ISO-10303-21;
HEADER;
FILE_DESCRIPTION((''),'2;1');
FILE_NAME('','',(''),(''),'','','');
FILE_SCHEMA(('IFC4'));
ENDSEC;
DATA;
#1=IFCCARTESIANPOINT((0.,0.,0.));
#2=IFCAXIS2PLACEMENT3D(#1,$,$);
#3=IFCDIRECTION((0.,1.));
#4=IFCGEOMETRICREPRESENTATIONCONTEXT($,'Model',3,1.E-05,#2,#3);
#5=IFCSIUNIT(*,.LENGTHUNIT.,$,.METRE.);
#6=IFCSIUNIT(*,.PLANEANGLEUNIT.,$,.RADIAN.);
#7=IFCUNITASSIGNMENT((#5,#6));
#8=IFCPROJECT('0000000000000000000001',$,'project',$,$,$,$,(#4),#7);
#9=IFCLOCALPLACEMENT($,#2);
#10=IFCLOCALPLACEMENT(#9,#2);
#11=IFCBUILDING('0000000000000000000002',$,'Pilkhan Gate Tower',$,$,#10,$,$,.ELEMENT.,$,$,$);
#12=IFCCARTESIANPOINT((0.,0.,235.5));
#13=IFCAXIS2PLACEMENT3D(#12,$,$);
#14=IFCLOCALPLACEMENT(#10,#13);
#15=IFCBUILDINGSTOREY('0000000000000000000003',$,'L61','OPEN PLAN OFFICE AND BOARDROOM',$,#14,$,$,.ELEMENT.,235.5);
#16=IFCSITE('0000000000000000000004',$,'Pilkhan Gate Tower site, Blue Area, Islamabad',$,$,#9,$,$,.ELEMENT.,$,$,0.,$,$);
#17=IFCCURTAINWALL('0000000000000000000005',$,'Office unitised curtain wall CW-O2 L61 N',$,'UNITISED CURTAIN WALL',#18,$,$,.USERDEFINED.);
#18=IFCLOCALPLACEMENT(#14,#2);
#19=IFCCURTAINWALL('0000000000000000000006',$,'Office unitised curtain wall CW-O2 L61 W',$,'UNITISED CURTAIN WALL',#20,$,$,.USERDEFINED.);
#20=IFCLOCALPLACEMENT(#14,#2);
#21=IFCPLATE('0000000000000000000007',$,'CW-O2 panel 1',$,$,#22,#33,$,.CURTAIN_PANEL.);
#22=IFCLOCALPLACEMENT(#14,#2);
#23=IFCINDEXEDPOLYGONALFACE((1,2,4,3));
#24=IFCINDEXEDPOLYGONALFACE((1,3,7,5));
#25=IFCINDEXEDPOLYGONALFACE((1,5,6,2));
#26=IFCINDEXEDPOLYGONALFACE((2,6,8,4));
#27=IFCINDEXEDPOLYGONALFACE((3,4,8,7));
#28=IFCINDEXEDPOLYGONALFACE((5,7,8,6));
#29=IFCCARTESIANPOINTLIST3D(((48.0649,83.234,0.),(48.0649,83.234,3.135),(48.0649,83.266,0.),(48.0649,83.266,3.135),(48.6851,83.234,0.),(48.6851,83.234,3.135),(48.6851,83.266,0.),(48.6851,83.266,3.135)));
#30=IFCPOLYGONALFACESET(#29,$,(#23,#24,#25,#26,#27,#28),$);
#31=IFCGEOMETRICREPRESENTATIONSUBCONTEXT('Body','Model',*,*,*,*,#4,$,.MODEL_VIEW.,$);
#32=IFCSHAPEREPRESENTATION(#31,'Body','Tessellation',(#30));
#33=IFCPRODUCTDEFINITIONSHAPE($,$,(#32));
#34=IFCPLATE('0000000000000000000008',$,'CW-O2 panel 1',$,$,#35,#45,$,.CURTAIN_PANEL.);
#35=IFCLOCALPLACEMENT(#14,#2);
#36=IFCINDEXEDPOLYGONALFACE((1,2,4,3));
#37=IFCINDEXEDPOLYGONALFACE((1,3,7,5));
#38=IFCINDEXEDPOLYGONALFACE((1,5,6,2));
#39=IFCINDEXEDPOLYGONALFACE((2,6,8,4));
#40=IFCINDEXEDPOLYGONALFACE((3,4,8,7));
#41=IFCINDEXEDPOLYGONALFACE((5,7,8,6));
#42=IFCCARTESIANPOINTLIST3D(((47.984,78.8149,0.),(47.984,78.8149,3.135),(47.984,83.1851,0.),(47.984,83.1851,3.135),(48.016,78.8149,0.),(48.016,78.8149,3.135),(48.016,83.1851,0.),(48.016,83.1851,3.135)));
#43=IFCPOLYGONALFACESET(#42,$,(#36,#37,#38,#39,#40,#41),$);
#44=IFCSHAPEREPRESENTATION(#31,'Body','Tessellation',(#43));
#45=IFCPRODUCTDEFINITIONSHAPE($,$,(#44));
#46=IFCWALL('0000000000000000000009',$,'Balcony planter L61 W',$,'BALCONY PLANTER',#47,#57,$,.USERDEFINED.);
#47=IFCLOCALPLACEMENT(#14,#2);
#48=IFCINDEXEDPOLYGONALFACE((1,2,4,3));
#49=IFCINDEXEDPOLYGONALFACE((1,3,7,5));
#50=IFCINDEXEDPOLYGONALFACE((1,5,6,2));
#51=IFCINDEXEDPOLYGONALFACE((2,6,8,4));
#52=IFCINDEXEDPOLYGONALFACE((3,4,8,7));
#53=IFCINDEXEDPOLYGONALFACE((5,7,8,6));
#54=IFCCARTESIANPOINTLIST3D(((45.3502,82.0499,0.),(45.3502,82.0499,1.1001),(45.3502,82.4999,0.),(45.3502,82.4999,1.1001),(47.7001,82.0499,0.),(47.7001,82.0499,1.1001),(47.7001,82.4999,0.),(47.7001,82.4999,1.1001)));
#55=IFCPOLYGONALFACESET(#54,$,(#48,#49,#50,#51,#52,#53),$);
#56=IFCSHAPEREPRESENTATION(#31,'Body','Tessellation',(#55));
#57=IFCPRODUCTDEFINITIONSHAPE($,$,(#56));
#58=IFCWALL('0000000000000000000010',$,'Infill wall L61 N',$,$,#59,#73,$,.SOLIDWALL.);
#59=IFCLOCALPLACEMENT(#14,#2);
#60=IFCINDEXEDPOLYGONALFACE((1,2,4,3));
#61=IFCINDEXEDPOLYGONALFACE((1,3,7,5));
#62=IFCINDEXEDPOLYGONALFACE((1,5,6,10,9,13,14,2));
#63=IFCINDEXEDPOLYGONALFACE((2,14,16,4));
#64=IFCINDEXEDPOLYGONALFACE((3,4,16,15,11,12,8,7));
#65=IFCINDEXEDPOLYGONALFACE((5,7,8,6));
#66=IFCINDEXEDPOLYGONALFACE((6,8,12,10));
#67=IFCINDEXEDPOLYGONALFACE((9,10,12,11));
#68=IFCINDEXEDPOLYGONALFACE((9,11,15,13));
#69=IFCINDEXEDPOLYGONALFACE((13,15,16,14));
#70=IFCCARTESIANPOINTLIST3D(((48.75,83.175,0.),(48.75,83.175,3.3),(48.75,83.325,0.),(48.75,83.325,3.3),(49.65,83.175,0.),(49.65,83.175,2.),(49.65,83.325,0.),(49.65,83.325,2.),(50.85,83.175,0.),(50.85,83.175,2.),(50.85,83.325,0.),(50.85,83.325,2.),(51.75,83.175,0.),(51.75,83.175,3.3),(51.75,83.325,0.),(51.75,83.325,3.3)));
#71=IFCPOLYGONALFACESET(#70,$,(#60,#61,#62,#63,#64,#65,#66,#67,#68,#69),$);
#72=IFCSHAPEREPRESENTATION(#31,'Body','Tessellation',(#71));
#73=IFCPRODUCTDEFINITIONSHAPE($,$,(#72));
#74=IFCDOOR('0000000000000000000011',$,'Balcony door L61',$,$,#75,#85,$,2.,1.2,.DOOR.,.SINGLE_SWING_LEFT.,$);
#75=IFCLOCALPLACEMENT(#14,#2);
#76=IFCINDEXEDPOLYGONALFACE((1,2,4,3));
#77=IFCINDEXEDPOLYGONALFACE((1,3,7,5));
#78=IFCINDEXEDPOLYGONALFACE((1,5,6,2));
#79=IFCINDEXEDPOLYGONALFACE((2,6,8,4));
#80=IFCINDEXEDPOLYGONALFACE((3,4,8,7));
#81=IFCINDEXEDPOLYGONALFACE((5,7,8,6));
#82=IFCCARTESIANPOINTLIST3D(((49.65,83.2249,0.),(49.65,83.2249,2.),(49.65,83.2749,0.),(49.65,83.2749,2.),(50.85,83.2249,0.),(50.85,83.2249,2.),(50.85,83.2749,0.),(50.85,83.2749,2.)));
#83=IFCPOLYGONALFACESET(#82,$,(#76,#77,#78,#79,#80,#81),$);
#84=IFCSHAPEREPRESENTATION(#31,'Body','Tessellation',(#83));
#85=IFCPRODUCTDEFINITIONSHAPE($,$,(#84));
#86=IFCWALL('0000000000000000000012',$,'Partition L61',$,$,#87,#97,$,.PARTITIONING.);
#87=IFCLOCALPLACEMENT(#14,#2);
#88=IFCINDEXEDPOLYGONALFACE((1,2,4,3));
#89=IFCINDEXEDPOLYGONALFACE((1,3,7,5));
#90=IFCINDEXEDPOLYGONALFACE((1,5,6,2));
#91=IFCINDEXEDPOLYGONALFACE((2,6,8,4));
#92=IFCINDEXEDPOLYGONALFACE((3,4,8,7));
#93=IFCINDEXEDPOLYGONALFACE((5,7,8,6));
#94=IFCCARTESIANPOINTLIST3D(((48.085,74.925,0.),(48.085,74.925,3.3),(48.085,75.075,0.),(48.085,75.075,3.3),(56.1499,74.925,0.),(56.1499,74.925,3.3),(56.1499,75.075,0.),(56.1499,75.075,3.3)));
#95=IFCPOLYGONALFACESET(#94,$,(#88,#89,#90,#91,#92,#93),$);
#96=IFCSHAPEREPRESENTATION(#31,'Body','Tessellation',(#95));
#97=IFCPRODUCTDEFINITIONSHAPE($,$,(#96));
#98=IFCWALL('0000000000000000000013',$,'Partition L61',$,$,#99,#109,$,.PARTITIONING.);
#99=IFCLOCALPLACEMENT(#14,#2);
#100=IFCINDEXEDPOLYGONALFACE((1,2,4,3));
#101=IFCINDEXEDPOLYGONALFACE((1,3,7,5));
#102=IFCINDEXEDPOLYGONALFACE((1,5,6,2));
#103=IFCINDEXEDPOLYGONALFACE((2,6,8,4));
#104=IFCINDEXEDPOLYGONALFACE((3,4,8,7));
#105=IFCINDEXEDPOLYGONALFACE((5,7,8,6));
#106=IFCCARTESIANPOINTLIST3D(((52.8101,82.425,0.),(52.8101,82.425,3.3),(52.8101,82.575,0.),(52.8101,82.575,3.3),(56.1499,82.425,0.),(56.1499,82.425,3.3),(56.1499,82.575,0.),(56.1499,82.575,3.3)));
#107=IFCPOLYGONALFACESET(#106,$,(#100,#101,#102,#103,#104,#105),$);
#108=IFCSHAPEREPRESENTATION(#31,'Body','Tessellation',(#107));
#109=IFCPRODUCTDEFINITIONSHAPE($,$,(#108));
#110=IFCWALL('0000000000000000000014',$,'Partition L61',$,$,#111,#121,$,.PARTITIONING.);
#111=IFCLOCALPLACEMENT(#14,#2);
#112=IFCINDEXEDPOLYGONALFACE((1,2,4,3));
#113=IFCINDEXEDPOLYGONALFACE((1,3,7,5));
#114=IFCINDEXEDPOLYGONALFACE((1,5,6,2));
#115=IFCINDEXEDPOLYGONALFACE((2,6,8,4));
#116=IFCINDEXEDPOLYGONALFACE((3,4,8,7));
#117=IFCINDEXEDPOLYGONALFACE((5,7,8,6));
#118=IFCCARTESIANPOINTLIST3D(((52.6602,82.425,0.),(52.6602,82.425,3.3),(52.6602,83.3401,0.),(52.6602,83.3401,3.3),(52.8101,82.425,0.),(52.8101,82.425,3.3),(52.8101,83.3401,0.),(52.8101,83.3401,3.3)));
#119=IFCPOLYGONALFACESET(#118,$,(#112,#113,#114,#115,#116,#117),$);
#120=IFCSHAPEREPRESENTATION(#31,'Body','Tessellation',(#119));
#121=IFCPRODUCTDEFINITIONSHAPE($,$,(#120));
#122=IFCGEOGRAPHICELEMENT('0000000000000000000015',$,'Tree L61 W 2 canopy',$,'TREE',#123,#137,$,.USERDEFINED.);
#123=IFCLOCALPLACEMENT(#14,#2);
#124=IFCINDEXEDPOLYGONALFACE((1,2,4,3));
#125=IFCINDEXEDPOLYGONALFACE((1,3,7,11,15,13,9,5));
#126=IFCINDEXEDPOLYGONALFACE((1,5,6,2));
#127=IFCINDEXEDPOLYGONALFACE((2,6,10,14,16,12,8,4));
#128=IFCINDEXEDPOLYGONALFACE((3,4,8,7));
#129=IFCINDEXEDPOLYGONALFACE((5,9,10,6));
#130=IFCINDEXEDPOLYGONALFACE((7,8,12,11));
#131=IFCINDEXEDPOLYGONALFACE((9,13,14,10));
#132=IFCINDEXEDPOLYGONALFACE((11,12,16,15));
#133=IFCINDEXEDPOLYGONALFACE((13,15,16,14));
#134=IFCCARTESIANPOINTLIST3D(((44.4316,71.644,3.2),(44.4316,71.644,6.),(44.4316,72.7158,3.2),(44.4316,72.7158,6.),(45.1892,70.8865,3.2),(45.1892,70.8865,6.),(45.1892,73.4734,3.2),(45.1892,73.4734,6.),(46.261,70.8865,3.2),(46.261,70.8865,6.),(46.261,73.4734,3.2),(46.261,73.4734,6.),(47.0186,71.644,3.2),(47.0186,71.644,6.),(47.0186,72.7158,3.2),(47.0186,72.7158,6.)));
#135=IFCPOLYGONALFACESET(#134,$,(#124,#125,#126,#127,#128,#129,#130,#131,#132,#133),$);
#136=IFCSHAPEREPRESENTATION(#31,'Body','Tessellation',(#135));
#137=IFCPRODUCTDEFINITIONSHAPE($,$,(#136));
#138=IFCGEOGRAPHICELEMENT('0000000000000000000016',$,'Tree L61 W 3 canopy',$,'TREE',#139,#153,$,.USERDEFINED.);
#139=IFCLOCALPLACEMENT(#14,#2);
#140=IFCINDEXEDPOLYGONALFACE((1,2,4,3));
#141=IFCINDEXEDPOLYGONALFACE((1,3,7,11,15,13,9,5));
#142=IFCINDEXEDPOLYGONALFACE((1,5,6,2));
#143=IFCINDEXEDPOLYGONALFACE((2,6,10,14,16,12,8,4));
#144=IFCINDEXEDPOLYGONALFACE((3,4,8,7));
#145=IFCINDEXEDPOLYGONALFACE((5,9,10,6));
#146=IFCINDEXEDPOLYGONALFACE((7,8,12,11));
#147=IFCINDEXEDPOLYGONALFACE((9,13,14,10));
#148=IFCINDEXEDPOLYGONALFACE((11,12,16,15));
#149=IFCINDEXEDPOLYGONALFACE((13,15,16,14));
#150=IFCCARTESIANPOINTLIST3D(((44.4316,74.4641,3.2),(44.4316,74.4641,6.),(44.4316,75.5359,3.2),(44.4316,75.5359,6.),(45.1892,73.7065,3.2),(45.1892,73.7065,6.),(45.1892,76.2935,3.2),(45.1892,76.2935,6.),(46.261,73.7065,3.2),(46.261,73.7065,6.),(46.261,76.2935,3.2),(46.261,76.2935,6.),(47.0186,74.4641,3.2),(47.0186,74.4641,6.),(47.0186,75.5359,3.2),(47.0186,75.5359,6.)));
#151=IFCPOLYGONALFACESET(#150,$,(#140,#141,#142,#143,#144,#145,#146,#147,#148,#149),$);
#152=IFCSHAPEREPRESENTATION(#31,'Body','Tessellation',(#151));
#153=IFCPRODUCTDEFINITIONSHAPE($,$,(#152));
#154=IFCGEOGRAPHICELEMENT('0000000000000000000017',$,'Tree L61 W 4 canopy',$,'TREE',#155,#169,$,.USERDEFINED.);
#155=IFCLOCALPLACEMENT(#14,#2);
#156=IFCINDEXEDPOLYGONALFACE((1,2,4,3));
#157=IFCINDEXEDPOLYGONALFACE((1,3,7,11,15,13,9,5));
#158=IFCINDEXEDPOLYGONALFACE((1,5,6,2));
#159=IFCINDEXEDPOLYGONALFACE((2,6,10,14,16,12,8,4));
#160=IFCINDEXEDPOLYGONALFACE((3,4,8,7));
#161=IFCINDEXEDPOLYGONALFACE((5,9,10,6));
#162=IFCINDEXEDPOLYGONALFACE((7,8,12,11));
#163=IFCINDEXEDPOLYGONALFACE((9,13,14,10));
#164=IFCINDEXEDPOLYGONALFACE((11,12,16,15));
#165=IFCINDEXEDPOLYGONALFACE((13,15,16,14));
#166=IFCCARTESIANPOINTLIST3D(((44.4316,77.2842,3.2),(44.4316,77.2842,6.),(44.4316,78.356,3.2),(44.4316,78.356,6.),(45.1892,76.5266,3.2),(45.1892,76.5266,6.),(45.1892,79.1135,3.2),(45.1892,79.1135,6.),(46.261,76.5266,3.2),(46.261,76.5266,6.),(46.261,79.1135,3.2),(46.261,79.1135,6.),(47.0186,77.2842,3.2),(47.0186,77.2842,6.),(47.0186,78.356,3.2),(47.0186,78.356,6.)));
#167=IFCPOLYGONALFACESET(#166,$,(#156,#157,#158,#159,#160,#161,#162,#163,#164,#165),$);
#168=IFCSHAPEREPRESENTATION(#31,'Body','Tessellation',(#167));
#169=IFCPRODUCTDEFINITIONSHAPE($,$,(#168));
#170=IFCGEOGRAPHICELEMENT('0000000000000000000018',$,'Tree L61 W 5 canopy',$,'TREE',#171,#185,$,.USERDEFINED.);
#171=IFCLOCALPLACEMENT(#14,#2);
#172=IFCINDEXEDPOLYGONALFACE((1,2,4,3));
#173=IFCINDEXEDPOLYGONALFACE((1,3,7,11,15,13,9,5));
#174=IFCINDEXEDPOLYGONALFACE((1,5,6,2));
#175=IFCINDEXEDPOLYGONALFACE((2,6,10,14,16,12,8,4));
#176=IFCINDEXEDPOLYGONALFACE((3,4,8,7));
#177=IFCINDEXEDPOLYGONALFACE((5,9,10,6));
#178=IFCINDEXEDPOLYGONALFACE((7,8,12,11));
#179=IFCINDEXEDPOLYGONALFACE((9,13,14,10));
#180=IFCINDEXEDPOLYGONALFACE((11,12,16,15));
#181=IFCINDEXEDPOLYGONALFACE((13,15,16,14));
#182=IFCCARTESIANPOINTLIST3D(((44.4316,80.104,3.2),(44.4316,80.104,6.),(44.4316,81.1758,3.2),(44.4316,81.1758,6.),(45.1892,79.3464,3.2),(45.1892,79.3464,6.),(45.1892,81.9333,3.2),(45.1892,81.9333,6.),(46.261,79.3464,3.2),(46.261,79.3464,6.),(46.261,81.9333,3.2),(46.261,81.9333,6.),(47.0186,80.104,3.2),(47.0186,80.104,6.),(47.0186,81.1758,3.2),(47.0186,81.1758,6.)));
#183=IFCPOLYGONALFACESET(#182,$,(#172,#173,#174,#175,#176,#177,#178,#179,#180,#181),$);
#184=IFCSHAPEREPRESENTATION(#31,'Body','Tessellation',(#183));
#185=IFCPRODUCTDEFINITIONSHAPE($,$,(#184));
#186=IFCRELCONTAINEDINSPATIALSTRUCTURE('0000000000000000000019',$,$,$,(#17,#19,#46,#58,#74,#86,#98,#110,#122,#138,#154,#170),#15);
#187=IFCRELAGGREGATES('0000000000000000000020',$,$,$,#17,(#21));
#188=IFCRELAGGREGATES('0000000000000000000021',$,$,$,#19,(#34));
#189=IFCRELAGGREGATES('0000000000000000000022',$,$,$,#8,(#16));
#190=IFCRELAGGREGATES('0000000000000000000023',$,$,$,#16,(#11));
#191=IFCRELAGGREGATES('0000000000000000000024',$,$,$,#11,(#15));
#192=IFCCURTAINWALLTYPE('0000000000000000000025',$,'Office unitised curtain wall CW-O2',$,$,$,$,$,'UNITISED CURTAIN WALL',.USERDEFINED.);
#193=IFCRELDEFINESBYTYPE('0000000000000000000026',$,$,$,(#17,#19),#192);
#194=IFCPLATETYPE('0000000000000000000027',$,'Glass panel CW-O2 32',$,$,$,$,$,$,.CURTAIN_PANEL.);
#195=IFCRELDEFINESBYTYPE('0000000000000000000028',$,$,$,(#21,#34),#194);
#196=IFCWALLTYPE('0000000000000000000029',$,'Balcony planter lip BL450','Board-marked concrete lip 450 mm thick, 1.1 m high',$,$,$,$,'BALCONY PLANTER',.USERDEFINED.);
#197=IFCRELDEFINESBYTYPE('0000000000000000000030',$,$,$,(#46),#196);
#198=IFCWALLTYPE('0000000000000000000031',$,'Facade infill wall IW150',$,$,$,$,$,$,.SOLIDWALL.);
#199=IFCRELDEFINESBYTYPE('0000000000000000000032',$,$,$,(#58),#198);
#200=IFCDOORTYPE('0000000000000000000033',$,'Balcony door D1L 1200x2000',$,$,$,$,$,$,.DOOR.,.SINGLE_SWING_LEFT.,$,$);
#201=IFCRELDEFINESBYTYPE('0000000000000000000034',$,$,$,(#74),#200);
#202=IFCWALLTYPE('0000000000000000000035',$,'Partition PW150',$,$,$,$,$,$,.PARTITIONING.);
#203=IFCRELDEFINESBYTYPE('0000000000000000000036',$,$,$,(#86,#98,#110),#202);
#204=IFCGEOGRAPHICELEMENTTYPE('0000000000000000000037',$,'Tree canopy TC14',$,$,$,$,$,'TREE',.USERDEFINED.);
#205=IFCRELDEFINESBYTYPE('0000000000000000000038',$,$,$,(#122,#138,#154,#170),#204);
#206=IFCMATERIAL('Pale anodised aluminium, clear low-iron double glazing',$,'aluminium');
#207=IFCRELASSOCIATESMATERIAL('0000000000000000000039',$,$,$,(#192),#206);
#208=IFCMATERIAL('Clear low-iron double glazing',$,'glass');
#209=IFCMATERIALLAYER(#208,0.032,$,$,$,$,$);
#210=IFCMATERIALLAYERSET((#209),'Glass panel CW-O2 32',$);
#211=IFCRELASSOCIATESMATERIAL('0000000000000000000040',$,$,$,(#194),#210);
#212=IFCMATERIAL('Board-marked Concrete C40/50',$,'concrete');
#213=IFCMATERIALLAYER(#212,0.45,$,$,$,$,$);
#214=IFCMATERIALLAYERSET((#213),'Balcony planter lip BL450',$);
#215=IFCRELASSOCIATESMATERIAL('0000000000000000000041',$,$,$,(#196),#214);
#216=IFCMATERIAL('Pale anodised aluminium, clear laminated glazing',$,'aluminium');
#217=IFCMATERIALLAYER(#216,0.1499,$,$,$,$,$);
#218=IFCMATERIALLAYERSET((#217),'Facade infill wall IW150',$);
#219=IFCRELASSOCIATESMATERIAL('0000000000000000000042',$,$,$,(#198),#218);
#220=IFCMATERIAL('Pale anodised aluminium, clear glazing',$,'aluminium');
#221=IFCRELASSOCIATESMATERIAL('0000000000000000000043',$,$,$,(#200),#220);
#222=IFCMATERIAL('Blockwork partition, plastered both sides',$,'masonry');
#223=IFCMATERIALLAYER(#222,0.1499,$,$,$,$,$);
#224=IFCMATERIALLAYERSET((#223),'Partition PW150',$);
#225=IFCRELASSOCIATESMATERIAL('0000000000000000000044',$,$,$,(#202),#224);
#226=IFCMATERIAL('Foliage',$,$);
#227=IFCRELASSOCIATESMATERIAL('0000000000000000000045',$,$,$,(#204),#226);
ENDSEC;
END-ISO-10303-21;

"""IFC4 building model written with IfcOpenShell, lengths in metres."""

from ifc_helpers import new_model, si_unit, direction, frame, frame_2d, origin, origin_2d, place, context, subcontext, project, spatial, polyline, rectangle, outline, extrude, material, layer, layer_set, material_profile, profile_set, type_object, element, fill, aggregate, save


model = new_model("IFC4")

# Units and contexts
model_context = context("Model", 3, precision=1e-05, world=origin(), true_north=direction((0.0, 1.0)))
body_context = subcontext(model_context, "Body", "Model", "MODEL_VIEW")
ifc_project = project(units=[si_unit("LENGTHUNIT", "METRE"), si_unit("PLANEANGLEUNIT", "RADIAN")], contexts=[model_context])

# Site, building, storey
site_placement = place(None, origin())
site = spatial("IfcSite", under=ifc_project, at=site_placement, Name="Pilkhan Gate Tower site, Blue Area, Islamabad", CompositionType="ELEMENT", RefElevation=0.0)
building_placement = place(site_placement, origin())
building = spatial("IfcBuilding", under=site, at=building_placement, Name="Pilkhan Gate Tower", CompositionType="ELEMENT")
storey_placement = place(building_placement, frame((0.0, 0.0, 235.5)))
storey = spatial("IfcBuildingStorey", under=building, at=storey_placement, Name="L61", Description="OPEN PLAN OFFICE AND BOARDROOM", CompositionType="ELEMENT", Elevation=235.5)

# Curtain walls
ifc_material_1 = material(Name="Pale anodised aluminium, clear low-iron double glazing", Category="aluminium")
curtain_wall_type = type_object("IfcCurtainWallType", Name="Office unitised curtain wall CW-O2", ElementType="UNITISED CURTAIN WALL", PredefinedType="USERDEFINED", material=ifc_material_1)
curtain_wall_1_placement = place(storey_placement, origin())
curtain_wall_1 = element("IfcCurtainWall", 1, at=curtain_wall_1_placement, inside=storey, type_object=curtain_wall_type, Name="Office unitised curtain wall CW-O2 L61 N", ObjectType="UNITISED CURTAIN WALL", PredefinedType="USERDEFINED")
curtain_wall_2_placement = place(storey_placement, origin())
curtain_wall_2 = element("IfcCurtainWall", 2, at=curtain_wall_2_placement, inside=storey, type_object=curtain_wall_type, Name="Office unitised curtain wall CW-O2 L61 W", ObjectType="UNITISED CURTAIN WALL", PredefinedType="USERDEFINED")

# Plates
ifc_material_2 = material(Name="Clear low-iron double glazing", Category="glass")
ifc_layer_1 = layer(ifc_material_2, 0.032)
ifc_layer_set_1 = layer_set([ifc_layer_1], Name="Glass panel CW-O2 32")
plate_type = type_object("IfcPlateType", Name="Glass panel CW-O2 32", PredefinedType="CURTAIN_PANEL", material=ifc_layer_set_1)
plate_1_placement = place(storey_placement, frame((48.375, 83.25, 0.0), z_axis=(0.0, 0.0, 1.0), x_axis=(1.0, 0.0, 0.0)))
plate_1 = element("IfcPlate", 3, at=plate_1_placement, type_object=plate_type, Name="CW-O2 panel 1", PredefinedType="CURTAIN_PANEL", context=body_context, shape_type="SweptSolid", body=[
    extrude(rectangle(XDim=0.6201, YDim=0.032, at=origin_2d()), origin(), (0.0, 0.0, 1.0), 3.135),
])
aggregate(curtain_wall_1, [plate_1])
plate_2_placement = place(storey_placement, frame((48.0, 81.0, 0.0), z_axis=(0.0, 0.0, 1.0), x_axis=(0.0, 1.0, 0.0)))
plate_2 = element("IfcPlate", 4, at=plate_2_placement, type_object=plate_type, Name="CW-O2 panel 1", PredefinedType="CURTAIN_PANEL", context=body_context, shape_type="SweptSolid", body=[
    extrude(rectangle(XDim=4.3701, YDim=0.032, at=origin_2d()), origin(), (0.0, 0.0, 1.0), 3.135),
])
aggregate(curtain_wall_2, [plate_2])

# Wall
ifc_material_3 = material(Name="Board-marked Concrete C40/50", Category="concrete")
ifc_layer_2 = layer(ifc_material_3, 0.45)
ifc_layer_set_2 = layer_set([ifc_layer_2], Name="Balcony planter lip BL450")
wall_type_1 = type_object("IfcWallType", Name="Balcony planter lip BL450", Description="Board-marked concrete lip 450 mm thick, 1.1 m high", ElementType="BALCONY PLANTER", PredefinedType="USERDEFINED", material=ifc_layer_set_2)
wall_1_placement = place(storey_placement, frame((47.7, 82.2749, 0.0), z_axis=(0.0, 0.0, 1.0), x_axis=(-1.0, 0.0, 0.0)))
element("IfcWall", 5, at=wall_1_placement, inside=storey, type_object=wall_type_1, Name="Balcony planter L61 W", ObjectType="BALCONY PLANTER", PredefinedType="USERDEFINED", context=body_context, shape_type="SweptSolid", body=[
    extrude(rectangle(XDim=2.3499, YDim=0.45, at=frame_2d((1.1748, 0.0))), origin(), (0.0, 0.0, 1.0), 1.1001),
])

# Wall, opening, door
ifc_material_4 = material(Name="Pale anodised aluminium, clear laminated glazing", Category="aluminium")
ifc_layer_3 = layer(ifc_material_4, 0.1499)
ifc_layer_set_3 = layer_set([ifc_layer_3], Name="Facade infill wall IW150")
wall_type_2 = type_object("IfcWallType", Name="Facade infill wall IW150", PredefinedType="SOLIDWALL", material=ifc_layer_set_3)
wall_2_placement = place(storey_placement, frame((48.75, 83.25, 0.0), z_axis=(0.0, 0.0, 1.0), x_axis=(1.0, 0.0, 0.0)))
wall_2 = element("IfcWall", 6, at=wall_2_placement, inside=storey, type_object=wall_type_2, Name="Infill wall L61 N", PredefinedType="SOLIDWALL", context=body_context, shape_type="SweptSolid", body=[
    extrude(rectangle(XDim=3.0, YDim=0.1499, at=frame_2d((1.5, 0.0))), origin(), (0.0, 0.0, 1.0), 3.3),
])
opening_1_placement = place(wall_2_placement, frame((0.8999, 0.0, 0.0)))
opening_1 = element("IfcOpeningElement", 7, at=opening_1_placement, cuts=wall_2, PredefinedType="OPENING", context=body_context, shape_type="SweptSolid", body=[
    extrude(rectangle(XDim=1.2, YDim=2.0, at=frame_2d((0.6001, 1.0))), frame((0.0, 0.085, 0.0), z_axis=(0.0, -1.0, 0.0), x_axis=(1.0, 0.0, 0.0)), (0.0, 0.0, 1.0), 0.1699),
])
ifc_material_5 = material(Name="Pale anodised aluminium, clear glazing", Category="aluminium")
door_type_1 = type_object("IfcDoorType", Name="Balcony door D1L 1200x2000", OperationType="SINGLE_SWING_LEFT", PredefinedType="DOOR", material=ifc_material_5)
door_1_placement = place(opening_1_placement, origin())
door_1 = element("IfcDoor", 8, at=door_1_placement, inside=storey, type_object=door_type_1, Name="Balcony door L61", OperationType="SINGLE_SWING_LEFT", OverallHeight=2.0, OverallWidth=1.2, PredefinedType="DOOR", context=body_context, shape_type="SweptSolid", body=[
    extrude(rectangle(XDim=1.2, YDim=2.0, at=frame_2d((0.6001, 1.0))), frame((0.0, 0.0249, 0.0), z_axis=(0.0, -1.0, 0.0), x_axis=(1.0, 0.0, 0.0)), (0.0, 0.0, 1.0), 0.05),
])
fill(opening_1, door_1)

# Walls
ifc_material_6 = material(Name="Blockwork partition, plastered both sides", Category="masonry")
ifc_layer_4 = layer(ifc_material_6, 0.1499)
ifc_layer_set_4 = layer_set([ifc_layer_4], Name="Partition PW150")
wall_type_3 = type_object("IfcWallType", Name="Partition PW150", PredefinedType="PARTITIONING", material=ifc_layer_set_4)
wall_3_placement = place(storey_placement, frame((48.085, 75.0, 0.0), z_axis=(0.0, 0.0, 1.0), x_axis=(1.0, 0.0, 0.0)))
element("IfcWall", 9, at=wall_3_placement, inside=storey, type_object=wall_type_3, Name="Partition L61", PredefinedType="PARTITIONING", context=body_context, shape_type="SweptSolid", body=[
    extrude(rectangle(XDim=8.0649, YDim=0.1499, at=frame_2d((4.0325, 0.0))), origin(), (0.0, 0.0, 1.0), 3.3),
])
wall_4_placement = place(storey_placement, frame((52.8101, 82.5, 0.0), z_axis=(0.0, 0.0, 1.0), x_axis=(1.0, 0.0, 0.0)))
element("IfcWall", 10, at=wall_4_placement, inside=storey, type_object=wall_type_3, Name="Partition L61", PredefinedType="PARTITIONING", context=body_context, shape_type="SweptSolid", body=[
    extrude(rectangle(XDim=3.3398, YDim=0.1499, at=frame_2d((1.6699, 0.0))), origin(), (0.0, 0.0, 1.0), 3.3),
])
wall_5_placement = place(storey_placement, frame((52.7351, 82.425, 0.0), z_axis=(0.0, 0.0, 1.0), x_axis=(0.0, 1.0, 0.0)))
element("IfcWall", 11, at=wall_5_placement, inside=storey, type_object=wall_type_3, Name="Partition L61", PredefinedType="PARTITIONING", context=body_context, shape_type="SweptSolid", body=[
    extrude(rectangle(XDim=0.915, YDim=0.1499, at=frame_2d((0.4575, 0.0))), origin(), (0.0, 0.0, 1.0), 3.3),
])

# Geographic elements
ifc_material_7 = material(Name="Foliage")
ifc_material_profile_1 = material_profile(ifc_material_7, outline(polyline([(1.2935, 0.5359), (0.5359, 1.2935), (-0.5359, 1.2935), (-1.2935, 0.5359), (-1.2935, -0.5359), (-0.5359, -1.2935), (0.5359, -1.2935), (1.2935, -0.5359), (1.2935, 0.5359)])), Name="Canopy D2.8")
ifc_profile_set_1 = profile_set([ifc_material_profile_1], Name="Foliage")
geographic_element_type_1 = type_object("IfcGeographicElementType", Name="Tree canopy TC14", ElementType="TREE", PredefinedType="USERDEFINED", material=ifc_profile_set_1)
for number, where, z_axis, x_axis, name in (
    (12, (45.7251, 72.1799, 3.2), (0.0, 0.0, 1.0), (1.0, 0.0, 0.0), "Tree L61 W 2 canopy"),
    (13, (45.7251, 75.0, 3.2), (0.0, 0.0, 1.0), (1.0, 0.0, 0.0), "Tree L61 W 3 canopy"),
    (14, (45.7251, 77.8201, 3.2), (0.0, 0.0, 1.0), (1.0, 0.0, 0.0), "Tree L61 W 4 canopy"),
    (15, (45.7251, 80.6399, 3.2), (0.0, 0.0, 1.0), (1.0, 0.0, 0.0), "Tree L61 W 5 canopy"),
):
    element("IfcGeographicElement", number, at=place(storey_placement, frame(where, z_axis=z_axis, x_axis=x_axis)), inside=storey, type_object=geographic_element_type_1, Name=name, ObjectType="TREE", PredefinedType="USERDEFINED", context=body_context, shape_type="SweptSolid", body=[
        extrude(outline(polyline([(1.2935, 0.5359), (0.5359, 1.2935), (-0.5359, 1.2935), (-1.2935, 0.5359), (-1.2935, -0.5359), (-0.5359, -1.2935), (0.5359, -1.2935), (1.2935, -0.5359), (1.2935, 0.5359)])), origin(), (0.0, 0.0, 1.0), 2.8),
    ])

save(model, "model.ifc")
